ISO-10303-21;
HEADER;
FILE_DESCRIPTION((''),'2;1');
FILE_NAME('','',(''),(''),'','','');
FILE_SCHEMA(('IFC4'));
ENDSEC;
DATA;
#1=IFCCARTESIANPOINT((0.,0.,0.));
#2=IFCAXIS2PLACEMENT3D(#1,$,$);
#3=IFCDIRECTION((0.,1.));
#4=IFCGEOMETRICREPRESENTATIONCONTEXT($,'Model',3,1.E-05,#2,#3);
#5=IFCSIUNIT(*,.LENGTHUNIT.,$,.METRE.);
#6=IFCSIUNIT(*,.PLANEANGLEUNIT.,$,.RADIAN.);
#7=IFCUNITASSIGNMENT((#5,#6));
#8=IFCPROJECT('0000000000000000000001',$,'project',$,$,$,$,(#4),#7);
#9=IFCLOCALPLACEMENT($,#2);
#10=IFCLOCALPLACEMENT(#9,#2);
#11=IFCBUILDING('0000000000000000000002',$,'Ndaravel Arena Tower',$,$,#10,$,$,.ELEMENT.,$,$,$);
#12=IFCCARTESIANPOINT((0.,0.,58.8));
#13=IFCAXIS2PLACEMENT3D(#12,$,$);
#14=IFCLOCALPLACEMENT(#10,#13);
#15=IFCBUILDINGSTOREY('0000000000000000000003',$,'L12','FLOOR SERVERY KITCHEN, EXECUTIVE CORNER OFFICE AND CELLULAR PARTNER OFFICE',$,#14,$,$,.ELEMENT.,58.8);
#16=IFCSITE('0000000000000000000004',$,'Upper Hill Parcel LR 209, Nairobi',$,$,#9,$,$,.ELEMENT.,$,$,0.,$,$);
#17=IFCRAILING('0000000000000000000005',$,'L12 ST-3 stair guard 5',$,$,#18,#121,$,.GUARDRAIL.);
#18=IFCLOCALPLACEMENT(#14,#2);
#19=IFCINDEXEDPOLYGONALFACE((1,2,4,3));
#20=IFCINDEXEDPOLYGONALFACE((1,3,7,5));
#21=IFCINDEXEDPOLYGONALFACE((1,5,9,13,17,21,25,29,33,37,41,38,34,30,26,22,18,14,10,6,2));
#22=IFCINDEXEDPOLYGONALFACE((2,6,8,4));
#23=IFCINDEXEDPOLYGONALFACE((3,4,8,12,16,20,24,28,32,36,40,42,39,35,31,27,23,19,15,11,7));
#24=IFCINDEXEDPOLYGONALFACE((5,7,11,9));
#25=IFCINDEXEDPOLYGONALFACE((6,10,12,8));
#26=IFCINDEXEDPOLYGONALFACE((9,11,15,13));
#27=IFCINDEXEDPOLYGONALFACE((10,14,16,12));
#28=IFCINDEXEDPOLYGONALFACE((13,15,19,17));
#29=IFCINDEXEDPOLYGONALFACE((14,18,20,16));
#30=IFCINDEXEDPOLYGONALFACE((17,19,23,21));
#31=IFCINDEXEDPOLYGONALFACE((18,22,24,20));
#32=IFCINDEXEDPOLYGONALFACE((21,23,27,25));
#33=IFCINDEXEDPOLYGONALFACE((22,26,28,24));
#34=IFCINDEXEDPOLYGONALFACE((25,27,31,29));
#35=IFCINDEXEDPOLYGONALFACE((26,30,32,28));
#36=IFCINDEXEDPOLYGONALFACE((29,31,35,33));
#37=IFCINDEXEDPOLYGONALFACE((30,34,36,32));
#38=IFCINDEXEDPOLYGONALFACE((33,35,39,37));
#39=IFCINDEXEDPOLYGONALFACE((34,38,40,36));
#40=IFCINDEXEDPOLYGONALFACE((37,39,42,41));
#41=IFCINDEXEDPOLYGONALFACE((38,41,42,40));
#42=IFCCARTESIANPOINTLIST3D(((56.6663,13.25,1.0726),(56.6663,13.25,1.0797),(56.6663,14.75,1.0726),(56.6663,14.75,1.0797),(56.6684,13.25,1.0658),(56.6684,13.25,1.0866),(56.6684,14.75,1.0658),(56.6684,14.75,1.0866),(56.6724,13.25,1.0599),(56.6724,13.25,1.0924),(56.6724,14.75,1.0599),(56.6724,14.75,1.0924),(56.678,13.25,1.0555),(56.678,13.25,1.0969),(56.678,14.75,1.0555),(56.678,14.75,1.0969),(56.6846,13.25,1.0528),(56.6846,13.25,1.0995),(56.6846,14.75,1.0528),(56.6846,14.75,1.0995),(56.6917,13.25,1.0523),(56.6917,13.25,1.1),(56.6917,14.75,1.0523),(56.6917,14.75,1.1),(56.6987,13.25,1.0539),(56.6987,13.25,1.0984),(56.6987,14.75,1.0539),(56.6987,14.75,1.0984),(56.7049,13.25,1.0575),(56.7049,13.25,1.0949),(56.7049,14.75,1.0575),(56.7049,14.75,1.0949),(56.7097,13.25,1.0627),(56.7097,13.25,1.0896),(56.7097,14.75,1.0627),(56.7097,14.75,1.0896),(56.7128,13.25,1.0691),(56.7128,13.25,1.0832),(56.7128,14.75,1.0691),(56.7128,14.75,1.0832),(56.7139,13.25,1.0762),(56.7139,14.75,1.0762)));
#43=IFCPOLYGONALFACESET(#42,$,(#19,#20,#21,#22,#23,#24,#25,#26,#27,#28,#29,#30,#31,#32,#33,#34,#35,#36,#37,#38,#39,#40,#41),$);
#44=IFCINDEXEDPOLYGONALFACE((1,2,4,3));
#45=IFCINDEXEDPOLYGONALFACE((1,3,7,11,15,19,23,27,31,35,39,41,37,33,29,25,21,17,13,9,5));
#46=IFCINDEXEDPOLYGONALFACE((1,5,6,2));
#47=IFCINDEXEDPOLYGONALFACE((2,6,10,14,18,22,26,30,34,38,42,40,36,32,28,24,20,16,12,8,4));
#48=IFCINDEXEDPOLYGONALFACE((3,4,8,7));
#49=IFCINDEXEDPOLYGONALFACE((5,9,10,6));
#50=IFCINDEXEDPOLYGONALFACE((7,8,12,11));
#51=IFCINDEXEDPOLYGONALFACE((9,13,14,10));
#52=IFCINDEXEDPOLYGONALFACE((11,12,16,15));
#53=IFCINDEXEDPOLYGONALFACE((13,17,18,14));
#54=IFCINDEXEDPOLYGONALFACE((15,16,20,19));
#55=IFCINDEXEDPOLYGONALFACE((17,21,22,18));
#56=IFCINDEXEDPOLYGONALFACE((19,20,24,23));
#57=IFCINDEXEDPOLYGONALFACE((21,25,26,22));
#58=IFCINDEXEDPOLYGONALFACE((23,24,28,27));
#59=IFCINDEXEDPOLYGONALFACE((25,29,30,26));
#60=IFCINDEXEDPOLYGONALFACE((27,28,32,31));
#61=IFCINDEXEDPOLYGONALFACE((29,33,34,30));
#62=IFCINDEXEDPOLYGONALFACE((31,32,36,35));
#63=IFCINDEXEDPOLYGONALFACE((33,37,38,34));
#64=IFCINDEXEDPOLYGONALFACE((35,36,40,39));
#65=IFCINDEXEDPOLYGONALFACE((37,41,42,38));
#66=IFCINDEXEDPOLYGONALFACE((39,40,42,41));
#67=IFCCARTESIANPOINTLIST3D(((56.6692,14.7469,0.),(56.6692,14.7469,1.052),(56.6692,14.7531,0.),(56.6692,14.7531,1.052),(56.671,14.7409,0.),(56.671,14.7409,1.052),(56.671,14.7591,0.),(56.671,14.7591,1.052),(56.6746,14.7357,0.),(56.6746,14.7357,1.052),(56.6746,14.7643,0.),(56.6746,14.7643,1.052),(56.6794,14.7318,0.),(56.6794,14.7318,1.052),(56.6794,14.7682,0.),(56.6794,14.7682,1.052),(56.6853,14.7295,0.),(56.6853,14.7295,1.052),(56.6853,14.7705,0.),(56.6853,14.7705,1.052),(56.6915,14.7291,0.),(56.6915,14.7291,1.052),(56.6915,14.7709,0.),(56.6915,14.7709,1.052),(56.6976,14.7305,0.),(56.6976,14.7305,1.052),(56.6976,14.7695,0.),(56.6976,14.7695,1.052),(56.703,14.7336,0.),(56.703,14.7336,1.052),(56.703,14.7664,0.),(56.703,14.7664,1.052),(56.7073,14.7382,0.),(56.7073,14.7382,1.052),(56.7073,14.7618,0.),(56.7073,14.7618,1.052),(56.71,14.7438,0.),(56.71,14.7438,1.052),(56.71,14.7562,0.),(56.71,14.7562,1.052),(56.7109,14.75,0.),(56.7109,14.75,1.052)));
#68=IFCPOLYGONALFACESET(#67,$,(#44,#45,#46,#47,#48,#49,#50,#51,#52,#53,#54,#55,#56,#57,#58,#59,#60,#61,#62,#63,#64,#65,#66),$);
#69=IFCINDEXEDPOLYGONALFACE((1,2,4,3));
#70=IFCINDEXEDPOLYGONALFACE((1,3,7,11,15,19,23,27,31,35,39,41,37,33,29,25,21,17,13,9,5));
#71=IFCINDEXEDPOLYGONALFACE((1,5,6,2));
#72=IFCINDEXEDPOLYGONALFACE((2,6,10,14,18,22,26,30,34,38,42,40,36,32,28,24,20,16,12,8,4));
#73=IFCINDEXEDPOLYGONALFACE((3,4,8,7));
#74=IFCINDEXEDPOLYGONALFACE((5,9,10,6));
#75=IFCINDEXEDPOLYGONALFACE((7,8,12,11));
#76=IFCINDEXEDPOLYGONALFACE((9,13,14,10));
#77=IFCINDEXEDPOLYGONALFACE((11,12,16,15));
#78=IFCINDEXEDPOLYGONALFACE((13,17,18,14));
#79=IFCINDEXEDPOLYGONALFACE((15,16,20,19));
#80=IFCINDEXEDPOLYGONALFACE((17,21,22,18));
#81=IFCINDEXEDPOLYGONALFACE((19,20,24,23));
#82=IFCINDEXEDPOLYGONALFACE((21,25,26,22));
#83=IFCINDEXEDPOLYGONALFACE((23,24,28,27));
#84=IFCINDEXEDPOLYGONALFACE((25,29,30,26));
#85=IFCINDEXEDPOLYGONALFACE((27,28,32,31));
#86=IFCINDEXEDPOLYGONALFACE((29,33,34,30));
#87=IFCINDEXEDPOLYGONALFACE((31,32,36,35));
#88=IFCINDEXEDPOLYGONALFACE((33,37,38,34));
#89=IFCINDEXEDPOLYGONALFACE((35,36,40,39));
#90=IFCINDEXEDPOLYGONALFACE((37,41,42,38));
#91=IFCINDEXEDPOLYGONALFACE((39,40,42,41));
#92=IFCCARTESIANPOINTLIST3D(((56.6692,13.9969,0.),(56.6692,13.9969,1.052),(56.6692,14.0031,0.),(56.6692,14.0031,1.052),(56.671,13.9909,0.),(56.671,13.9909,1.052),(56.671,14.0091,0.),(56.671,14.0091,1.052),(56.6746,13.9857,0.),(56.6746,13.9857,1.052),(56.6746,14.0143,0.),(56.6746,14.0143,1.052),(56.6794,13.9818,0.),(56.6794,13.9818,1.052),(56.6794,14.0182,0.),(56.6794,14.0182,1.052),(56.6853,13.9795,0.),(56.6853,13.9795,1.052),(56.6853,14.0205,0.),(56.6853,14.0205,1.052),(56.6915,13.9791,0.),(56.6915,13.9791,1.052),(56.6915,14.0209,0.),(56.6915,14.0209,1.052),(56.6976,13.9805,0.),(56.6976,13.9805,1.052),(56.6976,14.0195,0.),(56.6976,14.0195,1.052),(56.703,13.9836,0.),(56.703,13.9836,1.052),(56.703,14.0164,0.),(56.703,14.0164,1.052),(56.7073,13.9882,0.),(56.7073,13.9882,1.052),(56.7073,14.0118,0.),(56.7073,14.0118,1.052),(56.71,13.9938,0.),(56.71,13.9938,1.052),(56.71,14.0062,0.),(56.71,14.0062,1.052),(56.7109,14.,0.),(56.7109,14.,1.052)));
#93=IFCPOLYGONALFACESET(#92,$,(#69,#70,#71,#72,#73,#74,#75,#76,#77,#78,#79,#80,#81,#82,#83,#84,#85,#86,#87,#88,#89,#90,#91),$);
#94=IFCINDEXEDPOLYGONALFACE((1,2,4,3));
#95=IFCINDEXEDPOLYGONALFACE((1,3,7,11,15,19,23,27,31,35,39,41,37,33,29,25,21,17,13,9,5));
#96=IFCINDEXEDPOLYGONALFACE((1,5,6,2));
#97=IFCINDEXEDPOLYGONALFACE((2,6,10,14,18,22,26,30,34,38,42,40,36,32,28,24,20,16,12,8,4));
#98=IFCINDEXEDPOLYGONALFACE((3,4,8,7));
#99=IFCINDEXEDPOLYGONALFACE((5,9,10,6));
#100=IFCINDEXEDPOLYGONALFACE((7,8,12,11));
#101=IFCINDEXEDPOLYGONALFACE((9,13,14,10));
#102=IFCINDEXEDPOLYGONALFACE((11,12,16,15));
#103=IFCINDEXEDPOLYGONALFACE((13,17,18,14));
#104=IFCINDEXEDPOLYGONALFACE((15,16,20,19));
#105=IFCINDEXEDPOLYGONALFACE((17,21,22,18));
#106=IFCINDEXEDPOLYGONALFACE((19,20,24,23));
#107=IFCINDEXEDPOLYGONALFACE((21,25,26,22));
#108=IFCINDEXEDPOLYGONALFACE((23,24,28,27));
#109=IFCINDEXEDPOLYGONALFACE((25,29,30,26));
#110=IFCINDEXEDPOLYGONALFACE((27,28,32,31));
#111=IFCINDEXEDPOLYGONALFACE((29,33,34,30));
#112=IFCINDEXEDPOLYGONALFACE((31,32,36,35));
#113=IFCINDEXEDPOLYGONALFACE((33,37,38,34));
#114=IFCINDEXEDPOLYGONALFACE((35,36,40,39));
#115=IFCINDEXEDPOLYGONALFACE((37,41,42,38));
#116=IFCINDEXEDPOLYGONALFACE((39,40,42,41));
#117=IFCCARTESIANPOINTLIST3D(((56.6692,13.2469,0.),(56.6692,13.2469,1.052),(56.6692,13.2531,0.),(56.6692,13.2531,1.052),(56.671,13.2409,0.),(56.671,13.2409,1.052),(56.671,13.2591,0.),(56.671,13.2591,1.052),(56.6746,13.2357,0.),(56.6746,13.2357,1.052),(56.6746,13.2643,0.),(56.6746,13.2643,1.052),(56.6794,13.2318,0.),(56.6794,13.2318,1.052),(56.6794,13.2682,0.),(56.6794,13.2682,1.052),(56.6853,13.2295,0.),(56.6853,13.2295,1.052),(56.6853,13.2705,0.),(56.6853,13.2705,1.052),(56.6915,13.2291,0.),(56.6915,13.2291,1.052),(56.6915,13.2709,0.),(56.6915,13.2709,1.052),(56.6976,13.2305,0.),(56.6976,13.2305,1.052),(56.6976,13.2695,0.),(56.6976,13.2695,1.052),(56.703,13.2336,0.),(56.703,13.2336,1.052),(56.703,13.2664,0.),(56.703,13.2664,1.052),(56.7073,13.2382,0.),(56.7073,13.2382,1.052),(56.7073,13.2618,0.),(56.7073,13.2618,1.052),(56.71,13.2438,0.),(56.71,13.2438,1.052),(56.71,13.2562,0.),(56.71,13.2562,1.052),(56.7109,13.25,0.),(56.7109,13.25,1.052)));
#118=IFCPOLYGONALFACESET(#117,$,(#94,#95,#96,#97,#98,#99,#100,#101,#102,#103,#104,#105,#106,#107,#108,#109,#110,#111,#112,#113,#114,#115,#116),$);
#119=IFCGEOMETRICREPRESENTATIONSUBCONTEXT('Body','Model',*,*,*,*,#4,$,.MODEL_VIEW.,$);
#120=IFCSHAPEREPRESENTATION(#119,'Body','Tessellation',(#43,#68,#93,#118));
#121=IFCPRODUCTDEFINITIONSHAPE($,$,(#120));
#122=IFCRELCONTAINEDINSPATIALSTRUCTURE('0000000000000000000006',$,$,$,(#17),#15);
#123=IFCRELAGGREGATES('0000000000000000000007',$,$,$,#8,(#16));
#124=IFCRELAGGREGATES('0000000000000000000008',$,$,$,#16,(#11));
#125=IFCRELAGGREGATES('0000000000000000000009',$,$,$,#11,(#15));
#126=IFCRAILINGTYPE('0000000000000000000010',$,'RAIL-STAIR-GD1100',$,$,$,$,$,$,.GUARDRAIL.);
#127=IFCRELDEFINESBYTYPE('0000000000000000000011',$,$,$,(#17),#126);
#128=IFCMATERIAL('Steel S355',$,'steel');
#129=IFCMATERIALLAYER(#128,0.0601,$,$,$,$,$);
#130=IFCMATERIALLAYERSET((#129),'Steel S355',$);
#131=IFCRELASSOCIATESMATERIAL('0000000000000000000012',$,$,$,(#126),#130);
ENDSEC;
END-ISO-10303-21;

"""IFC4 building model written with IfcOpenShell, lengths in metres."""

from ifc_helpers import new_model, si_unit, direction, frame, origin, origin_2d, place, context, subcontext, project, spatial, circle, extrude, material, layer, layer_set, type_object, element, save


model = new_model("IFC4")

# Units and contexts
model_context = context("Model", 3, precision=1e-05, world=origin(), true_north=direction((0.0, 1.0)))
body_context = subcontext(model_context, "Body", "Model", "MODEL_VIEW")
ifc_project = project(units=[si_unit("LENGTHUNIT", "METRE"), si_unit("PLANEANGLEUNIT", "RADIAN")], contexts=[model_context])

# Site, building, storey
site_placement = place(None, origin())
site = spatial("IfcSite", under=ifc_project, at=site_placement, Name="Upper Hill Parcel LR 209, Nairobi", CompositionType="ELEMENT", RefElevation=0.0)
building_placement = place(site_placement, origin())
building = spatial("IfcBuilding", under=site, at=building_placement, Name="Ndaravel Arena Tower", CompositionType="ELEMENT")
storey_placement = place(building_placement, frame((0.0, 0.0, 58.8)))
storey = spatial("IfcBuildingStorey", under=building, at=storey_placement, Name="L12", Description="FLOOR SERVERY KITCHEN, EXECUTIVE CORNER OFFICE AND CELLULAR PARTNER OFFICE", CompositionType="ELEMENT", Elevation=58.8)

# Railing
ifc_material_1 = material(Name="Steel S355", Category="steel")
ifc_layer_1 = layer(ifc_material_1, 0.0601)
ifc_layer_set_1 = layer_set([ifc_layer_1], Name="Steel S355")
railing_type = type_object("IfcRailingType", Name="RAIL-STAIR-GD1100", PredefinedType="GUARDRAIL", material=ifc_layer_set_1)
for number, where, name in (
    (1, (56.6899, 14.75, 0.0), "L12 ST-3 stair guard 5"),
):
    element("IfcRailing", number, at=place(storey_placement, frame(where)), inside=storey, type_object=railing_type, Name=name, PredefinedType="GUARDRAIL", context=body_context, shape_type="SweptSolid", body=[
        extrude(circle(Radius=0.0239, at=origin_2d()), frame((0.0, 0.0, 1.0762), z_axis=(0.0, -1.0, 0.0), x_axis=(1.0, 0.0, 0.0)), (0.0, 0.0, 1.0), 1.5),
        extrude(circle(Radius=0.021, at=origin_2d()), origin(), (0.0, 0.0, 1.0), 1.052),
        extrude(circle(Radius=0.021, at=origin_2d()), frame((0.0, -0.75, 0.0)), (0.0, 0.0, 1.0), 1.052),
        extrude(circle(Radius=0.021, at=origin_2d()), frame((0.0, -1.5, 0.0)), (0.0, 0.0, 1.0), 1.052),
    ])

save(model, "model.ifc")
